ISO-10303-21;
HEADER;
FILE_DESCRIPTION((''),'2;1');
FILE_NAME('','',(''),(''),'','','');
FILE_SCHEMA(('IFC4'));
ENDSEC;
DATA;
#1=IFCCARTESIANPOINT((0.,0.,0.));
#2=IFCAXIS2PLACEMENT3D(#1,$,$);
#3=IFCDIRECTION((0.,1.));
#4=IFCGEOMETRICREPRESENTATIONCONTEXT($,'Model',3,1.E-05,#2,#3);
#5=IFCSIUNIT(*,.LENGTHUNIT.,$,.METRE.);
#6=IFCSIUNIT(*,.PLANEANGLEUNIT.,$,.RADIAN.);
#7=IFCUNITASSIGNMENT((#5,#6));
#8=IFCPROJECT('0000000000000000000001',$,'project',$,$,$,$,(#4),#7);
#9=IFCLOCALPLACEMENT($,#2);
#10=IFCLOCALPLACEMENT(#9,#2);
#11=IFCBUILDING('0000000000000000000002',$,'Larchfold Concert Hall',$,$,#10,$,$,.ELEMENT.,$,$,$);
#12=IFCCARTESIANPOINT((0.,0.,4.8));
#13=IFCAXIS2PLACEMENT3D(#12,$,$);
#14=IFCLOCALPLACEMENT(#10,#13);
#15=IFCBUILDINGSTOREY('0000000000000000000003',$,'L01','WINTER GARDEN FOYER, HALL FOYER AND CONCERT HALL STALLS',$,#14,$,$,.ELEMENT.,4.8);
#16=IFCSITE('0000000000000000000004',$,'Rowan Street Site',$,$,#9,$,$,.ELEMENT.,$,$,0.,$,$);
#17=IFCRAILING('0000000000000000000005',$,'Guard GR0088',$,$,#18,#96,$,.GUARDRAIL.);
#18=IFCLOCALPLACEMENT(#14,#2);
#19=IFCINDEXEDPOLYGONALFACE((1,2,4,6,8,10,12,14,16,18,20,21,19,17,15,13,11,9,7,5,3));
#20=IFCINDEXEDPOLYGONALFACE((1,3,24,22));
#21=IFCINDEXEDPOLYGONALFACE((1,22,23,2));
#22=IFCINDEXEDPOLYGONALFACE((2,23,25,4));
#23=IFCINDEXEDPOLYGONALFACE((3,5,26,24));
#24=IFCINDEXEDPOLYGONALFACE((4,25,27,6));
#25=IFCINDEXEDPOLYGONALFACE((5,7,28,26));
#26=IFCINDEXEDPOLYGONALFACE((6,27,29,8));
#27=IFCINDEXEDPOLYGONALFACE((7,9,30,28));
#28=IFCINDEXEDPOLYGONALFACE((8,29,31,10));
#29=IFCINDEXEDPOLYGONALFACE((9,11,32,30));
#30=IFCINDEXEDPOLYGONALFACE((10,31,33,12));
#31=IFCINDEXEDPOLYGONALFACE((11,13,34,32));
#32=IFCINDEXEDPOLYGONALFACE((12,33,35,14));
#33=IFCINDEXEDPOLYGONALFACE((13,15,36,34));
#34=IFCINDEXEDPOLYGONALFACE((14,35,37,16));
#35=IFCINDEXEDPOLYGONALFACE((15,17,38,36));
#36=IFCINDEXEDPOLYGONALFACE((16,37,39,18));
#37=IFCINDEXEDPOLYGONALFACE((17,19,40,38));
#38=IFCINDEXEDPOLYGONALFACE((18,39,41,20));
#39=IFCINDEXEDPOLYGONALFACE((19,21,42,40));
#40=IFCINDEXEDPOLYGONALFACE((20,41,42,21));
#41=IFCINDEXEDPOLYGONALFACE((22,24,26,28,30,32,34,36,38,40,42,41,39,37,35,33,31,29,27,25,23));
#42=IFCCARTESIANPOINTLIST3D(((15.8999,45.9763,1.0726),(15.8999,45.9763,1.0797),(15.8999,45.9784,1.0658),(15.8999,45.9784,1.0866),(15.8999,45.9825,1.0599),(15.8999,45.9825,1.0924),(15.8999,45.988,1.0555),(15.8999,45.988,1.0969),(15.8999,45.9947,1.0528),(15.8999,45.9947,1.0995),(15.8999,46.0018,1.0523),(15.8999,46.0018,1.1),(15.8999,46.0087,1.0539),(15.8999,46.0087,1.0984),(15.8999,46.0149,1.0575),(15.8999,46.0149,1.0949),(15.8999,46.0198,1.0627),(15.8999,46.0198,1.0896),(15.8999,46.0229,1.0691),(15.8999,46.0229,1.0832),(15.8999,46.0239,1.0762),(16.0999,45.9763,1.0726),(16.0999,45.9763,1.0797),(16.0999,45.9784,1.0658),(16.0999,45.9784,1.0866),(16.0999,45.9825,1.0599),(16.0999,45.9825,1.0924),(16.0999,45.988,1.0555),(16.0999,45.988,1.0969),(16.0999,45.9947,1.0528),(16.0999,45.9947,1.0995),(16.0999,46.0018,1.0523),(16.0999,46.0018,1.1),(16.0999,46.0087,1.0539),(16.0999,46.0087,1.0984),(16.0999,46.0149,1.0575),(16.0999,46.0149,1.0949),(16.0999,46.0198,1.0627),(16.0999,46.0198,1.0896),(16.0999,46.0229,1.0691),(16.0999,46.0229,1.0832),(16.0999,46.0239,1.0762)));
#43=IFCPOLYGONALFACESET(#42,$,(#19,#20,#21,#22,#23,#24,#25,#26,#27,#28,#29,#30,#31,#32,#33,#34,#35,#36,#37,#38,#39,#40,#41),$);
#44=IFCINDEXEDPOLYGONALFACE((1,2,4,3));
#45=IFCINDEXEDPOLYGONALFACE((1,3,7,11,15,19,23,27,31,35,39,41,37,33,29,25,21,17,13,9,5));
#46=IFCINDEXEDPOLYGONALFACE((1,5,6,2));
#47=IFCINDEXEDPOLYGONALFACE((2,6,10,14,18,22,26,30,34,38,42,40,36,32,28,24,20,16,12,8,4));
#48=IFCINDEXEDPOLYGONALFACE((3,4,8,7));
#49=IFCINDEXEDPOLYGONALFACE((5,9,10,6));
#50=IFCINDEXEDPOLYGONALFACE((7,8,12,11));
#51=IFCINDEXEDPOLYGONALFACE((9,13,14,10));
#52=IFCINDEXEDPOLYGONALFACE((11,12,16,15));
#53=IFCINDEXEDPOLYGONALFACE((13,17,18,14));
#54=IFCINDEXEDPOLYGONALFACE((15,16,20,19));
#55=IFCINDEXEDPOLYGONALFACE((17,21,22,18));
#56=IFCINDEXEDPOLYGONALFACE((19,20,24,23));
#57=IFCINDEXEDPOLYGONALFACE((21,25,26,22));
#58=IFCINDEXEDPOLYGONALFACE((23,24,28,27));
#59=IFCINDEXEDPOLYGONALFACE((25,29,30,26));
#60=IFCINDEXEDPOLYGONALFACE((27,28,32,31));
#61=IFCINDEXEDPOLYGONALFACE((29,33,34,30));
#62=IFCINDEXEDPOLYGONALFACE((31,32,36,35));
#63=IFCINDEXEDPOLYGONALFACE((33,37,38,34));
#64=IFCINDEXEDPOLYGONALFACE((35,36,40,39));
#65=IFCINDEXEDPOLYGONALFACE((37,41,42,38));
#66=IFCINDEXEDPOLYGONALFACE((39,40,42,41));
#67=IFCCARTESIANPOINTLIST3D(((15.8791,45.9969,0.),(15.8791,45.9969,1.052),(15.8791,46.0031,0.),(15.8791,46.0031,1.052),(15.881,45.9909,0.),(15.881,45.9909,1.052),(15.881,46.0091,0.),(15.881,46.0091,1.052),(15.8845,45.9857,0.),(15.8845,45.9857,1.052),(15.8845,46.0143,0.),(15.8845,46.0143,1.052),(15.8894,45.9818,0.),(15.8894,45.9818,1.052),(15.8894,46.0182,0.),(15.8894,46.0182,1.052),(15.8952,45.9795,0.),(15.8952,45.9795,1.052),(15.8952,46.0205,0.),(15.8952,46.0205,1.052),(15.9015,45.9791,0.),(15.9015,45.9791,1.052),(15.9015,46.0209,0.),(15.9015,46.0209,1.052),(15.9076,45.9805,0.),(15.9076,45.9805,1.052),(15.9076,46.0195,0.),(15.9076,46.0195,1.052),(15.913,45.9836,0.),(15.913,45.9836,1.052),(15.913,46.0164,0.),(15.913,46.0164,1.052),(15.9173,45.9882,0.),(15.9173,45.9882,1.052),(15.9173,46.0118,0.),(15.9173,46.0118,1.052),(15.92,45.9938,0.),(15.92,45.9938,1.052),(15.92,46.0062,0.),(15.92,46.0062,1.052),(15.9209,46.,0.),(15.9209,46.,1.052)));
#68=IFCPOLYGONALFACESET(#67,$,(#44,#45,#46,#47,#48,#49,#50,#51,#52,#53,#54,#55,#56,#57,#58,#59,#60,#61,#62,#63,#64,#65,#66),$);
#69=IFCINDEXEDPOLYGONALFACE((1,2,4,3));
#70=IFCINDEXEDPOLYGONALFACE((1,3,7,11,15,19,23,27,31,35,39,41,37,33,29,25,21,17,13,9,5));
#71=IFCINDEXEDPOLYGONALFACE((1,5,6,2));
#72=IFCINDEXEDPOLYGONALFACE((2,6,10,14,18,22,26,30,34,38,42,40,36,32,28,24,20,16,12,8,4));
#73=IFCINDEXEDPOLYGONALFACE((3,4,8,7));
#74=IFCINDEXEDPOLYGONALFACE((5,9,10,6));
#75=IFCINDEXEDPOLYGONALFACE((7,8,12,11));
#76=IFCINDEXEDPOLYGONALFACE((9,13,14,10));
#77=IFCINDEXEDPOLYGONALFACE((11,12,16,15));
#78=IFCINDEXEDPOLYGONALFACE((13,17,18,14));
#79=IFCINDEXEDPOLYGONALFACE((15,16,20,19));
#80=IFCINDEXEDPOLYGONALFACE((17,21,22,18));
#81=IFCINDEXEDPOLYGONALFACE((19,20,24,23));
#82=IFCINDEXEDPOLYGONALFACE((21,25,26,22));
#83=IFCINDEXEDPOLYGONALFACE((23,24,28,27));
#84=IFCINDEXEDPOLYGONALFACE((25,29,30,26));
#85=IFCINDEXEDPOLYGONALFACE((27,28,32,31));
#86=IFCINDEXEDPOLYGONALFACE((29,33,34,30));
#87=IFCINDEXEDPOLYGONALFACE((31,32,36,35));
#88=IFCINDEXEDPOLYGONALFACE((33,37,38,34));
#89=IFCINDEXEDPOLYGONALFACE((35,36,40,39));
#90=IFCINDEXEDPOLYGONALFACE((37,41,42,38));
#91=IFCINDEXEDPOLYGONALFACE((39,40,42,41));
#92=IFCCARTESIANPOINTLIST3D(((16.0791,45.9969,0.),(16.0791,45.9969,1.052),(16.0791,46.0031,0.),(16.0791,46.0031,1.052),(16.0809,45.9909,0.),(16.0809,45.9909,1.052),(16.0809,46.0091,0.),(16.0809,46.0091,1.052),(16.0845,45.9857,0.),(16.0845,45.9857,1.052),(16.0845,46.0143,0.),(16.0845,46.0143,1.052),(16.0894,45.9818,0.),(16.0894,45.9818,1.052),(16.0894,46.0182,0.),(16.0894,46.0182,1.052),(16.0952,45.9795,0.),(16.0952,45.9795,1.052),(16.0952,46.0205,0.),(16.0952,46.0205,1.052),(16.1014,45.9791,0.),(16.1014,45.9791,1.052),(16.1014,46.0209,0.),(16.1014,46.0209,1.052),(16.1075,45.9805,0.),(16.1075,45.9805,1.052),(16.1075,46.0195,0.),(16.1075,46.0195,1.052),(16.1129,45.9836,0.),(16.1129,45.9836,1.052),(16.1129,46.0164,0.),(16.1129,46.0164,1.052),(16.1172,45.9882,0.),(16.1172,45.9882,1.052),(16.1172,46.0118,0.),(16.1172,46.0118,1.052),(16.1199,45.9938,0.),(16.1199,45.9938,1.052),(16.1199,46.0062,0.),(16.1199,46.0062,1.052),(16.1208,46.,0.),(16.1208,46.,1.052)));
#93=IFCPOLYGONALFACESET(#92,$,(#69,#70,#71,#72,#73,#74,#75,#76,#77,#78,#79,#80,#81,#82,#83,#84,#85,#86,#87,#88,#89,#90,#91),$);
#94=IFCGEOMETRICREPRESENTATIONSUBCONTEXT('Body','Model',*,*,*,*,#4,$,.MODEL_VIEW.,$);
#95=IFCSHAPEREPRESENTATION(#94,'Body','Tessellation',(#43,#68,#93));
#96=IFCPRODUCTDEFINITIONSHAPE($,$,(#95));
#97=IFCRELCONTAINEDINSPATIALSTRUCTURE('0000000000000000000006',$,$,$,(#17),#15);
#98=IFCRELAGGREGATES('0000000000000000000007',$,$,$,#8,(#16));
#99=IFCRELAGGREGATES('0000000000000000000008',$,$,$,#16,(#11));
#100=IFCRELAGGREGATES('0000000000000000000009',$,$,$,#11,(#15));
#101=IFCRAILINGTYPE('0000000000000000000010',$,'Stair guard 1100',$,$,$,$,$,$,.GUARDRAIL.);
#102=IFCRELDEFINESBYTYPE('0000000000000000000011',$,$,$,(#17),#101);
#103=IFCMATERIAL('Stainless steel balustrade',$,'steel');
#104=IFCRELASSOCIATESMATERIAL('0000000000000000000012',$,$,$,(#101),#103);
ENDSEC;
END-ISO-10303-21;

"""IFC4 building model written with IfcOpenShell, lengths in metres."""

from ifc_helpers import new_model, si_unit, direction, frame, origin, origin_2d, place, context, subcontext, project, spatial, circle, extrude, material, type_object, element, save


model = new_model("IFC4")

# Units and contexts
model_context = context("Model", 3, precision=1e-05, world=origin(), true_north=direction((0.0, 1.0)))
body_context = subcontext(model_context, "Body", "Model", "MODEL_VIEW")
ifc_project = project(units=[si_unit("LENGTHUNIT", "METRE"), si_unit("PLANEANGLEUNIT", "RADIAN")], contexts=[model_context])

# Site, building, storey
site_placement = place(None, origin())
site = spatial("IfcSite", under=ifc_project, at=site_placement, Name="Rowan Street Site", CompositionType="ELEMENT", RefElevation=0.0)
building_placement = place(site_placement, origin())
building = spatial("IfcBuilding", under=site, at=building_placement, Name="Larchfold Concert Hall", CompositionType="ELEMENT")
storey_placement = place(building_placement, frame((0.0, 0.0, 4.8)))
storey = spatial("IfcBuildingStorey", under=building, at=storey_placement, Name="L01", Description="WINTER GARDEN FOYER, HALL FOYER AND CONCERT HALL STALLS", CompositionType="ELEMENT", Elevation=4.8)

# Railing
ifc_material_1 = material(Name="Stainless steel balustrade", Category="steel")
railing_type_1 = type_object("IfcRailingType", Name="Stair guard 1100", PredefinedType="GUARDRAIL", material=ifc_material_1)
railing_1_placement = place(storey_placement, frame((15.8999, 46.0, 0.0)))
element("IfcRailing", 1, at=railing_1_placement, inside=storey, type_object=railing_type_1, Name="Guard GR0088", PredefinedType="GUARDRAIL", context=body_context, shape_type="SweptSolid", body=[
    extrude(circle(Radius=0.0239, at=origin_2d()), frame((0.0, 0.0, 1.0762), z_axis=(1.0, 0.0, 0.0), x_axis=(0.0, 1.0, 0.0)), (0.0, 0.0, 1.0), 0.2),
    extrude(circle(Radius=0.021, at=origin_2d()), origin(), (0.0, 0.0, 1.0), 1.052),
    extrude(circle(Radius=0.021, at=origin_2d()), frame((0.2, 0.0, 0.0)), (0.0, 0.0, 1.0), 1.052),
])

save(model, "model.ifc")
